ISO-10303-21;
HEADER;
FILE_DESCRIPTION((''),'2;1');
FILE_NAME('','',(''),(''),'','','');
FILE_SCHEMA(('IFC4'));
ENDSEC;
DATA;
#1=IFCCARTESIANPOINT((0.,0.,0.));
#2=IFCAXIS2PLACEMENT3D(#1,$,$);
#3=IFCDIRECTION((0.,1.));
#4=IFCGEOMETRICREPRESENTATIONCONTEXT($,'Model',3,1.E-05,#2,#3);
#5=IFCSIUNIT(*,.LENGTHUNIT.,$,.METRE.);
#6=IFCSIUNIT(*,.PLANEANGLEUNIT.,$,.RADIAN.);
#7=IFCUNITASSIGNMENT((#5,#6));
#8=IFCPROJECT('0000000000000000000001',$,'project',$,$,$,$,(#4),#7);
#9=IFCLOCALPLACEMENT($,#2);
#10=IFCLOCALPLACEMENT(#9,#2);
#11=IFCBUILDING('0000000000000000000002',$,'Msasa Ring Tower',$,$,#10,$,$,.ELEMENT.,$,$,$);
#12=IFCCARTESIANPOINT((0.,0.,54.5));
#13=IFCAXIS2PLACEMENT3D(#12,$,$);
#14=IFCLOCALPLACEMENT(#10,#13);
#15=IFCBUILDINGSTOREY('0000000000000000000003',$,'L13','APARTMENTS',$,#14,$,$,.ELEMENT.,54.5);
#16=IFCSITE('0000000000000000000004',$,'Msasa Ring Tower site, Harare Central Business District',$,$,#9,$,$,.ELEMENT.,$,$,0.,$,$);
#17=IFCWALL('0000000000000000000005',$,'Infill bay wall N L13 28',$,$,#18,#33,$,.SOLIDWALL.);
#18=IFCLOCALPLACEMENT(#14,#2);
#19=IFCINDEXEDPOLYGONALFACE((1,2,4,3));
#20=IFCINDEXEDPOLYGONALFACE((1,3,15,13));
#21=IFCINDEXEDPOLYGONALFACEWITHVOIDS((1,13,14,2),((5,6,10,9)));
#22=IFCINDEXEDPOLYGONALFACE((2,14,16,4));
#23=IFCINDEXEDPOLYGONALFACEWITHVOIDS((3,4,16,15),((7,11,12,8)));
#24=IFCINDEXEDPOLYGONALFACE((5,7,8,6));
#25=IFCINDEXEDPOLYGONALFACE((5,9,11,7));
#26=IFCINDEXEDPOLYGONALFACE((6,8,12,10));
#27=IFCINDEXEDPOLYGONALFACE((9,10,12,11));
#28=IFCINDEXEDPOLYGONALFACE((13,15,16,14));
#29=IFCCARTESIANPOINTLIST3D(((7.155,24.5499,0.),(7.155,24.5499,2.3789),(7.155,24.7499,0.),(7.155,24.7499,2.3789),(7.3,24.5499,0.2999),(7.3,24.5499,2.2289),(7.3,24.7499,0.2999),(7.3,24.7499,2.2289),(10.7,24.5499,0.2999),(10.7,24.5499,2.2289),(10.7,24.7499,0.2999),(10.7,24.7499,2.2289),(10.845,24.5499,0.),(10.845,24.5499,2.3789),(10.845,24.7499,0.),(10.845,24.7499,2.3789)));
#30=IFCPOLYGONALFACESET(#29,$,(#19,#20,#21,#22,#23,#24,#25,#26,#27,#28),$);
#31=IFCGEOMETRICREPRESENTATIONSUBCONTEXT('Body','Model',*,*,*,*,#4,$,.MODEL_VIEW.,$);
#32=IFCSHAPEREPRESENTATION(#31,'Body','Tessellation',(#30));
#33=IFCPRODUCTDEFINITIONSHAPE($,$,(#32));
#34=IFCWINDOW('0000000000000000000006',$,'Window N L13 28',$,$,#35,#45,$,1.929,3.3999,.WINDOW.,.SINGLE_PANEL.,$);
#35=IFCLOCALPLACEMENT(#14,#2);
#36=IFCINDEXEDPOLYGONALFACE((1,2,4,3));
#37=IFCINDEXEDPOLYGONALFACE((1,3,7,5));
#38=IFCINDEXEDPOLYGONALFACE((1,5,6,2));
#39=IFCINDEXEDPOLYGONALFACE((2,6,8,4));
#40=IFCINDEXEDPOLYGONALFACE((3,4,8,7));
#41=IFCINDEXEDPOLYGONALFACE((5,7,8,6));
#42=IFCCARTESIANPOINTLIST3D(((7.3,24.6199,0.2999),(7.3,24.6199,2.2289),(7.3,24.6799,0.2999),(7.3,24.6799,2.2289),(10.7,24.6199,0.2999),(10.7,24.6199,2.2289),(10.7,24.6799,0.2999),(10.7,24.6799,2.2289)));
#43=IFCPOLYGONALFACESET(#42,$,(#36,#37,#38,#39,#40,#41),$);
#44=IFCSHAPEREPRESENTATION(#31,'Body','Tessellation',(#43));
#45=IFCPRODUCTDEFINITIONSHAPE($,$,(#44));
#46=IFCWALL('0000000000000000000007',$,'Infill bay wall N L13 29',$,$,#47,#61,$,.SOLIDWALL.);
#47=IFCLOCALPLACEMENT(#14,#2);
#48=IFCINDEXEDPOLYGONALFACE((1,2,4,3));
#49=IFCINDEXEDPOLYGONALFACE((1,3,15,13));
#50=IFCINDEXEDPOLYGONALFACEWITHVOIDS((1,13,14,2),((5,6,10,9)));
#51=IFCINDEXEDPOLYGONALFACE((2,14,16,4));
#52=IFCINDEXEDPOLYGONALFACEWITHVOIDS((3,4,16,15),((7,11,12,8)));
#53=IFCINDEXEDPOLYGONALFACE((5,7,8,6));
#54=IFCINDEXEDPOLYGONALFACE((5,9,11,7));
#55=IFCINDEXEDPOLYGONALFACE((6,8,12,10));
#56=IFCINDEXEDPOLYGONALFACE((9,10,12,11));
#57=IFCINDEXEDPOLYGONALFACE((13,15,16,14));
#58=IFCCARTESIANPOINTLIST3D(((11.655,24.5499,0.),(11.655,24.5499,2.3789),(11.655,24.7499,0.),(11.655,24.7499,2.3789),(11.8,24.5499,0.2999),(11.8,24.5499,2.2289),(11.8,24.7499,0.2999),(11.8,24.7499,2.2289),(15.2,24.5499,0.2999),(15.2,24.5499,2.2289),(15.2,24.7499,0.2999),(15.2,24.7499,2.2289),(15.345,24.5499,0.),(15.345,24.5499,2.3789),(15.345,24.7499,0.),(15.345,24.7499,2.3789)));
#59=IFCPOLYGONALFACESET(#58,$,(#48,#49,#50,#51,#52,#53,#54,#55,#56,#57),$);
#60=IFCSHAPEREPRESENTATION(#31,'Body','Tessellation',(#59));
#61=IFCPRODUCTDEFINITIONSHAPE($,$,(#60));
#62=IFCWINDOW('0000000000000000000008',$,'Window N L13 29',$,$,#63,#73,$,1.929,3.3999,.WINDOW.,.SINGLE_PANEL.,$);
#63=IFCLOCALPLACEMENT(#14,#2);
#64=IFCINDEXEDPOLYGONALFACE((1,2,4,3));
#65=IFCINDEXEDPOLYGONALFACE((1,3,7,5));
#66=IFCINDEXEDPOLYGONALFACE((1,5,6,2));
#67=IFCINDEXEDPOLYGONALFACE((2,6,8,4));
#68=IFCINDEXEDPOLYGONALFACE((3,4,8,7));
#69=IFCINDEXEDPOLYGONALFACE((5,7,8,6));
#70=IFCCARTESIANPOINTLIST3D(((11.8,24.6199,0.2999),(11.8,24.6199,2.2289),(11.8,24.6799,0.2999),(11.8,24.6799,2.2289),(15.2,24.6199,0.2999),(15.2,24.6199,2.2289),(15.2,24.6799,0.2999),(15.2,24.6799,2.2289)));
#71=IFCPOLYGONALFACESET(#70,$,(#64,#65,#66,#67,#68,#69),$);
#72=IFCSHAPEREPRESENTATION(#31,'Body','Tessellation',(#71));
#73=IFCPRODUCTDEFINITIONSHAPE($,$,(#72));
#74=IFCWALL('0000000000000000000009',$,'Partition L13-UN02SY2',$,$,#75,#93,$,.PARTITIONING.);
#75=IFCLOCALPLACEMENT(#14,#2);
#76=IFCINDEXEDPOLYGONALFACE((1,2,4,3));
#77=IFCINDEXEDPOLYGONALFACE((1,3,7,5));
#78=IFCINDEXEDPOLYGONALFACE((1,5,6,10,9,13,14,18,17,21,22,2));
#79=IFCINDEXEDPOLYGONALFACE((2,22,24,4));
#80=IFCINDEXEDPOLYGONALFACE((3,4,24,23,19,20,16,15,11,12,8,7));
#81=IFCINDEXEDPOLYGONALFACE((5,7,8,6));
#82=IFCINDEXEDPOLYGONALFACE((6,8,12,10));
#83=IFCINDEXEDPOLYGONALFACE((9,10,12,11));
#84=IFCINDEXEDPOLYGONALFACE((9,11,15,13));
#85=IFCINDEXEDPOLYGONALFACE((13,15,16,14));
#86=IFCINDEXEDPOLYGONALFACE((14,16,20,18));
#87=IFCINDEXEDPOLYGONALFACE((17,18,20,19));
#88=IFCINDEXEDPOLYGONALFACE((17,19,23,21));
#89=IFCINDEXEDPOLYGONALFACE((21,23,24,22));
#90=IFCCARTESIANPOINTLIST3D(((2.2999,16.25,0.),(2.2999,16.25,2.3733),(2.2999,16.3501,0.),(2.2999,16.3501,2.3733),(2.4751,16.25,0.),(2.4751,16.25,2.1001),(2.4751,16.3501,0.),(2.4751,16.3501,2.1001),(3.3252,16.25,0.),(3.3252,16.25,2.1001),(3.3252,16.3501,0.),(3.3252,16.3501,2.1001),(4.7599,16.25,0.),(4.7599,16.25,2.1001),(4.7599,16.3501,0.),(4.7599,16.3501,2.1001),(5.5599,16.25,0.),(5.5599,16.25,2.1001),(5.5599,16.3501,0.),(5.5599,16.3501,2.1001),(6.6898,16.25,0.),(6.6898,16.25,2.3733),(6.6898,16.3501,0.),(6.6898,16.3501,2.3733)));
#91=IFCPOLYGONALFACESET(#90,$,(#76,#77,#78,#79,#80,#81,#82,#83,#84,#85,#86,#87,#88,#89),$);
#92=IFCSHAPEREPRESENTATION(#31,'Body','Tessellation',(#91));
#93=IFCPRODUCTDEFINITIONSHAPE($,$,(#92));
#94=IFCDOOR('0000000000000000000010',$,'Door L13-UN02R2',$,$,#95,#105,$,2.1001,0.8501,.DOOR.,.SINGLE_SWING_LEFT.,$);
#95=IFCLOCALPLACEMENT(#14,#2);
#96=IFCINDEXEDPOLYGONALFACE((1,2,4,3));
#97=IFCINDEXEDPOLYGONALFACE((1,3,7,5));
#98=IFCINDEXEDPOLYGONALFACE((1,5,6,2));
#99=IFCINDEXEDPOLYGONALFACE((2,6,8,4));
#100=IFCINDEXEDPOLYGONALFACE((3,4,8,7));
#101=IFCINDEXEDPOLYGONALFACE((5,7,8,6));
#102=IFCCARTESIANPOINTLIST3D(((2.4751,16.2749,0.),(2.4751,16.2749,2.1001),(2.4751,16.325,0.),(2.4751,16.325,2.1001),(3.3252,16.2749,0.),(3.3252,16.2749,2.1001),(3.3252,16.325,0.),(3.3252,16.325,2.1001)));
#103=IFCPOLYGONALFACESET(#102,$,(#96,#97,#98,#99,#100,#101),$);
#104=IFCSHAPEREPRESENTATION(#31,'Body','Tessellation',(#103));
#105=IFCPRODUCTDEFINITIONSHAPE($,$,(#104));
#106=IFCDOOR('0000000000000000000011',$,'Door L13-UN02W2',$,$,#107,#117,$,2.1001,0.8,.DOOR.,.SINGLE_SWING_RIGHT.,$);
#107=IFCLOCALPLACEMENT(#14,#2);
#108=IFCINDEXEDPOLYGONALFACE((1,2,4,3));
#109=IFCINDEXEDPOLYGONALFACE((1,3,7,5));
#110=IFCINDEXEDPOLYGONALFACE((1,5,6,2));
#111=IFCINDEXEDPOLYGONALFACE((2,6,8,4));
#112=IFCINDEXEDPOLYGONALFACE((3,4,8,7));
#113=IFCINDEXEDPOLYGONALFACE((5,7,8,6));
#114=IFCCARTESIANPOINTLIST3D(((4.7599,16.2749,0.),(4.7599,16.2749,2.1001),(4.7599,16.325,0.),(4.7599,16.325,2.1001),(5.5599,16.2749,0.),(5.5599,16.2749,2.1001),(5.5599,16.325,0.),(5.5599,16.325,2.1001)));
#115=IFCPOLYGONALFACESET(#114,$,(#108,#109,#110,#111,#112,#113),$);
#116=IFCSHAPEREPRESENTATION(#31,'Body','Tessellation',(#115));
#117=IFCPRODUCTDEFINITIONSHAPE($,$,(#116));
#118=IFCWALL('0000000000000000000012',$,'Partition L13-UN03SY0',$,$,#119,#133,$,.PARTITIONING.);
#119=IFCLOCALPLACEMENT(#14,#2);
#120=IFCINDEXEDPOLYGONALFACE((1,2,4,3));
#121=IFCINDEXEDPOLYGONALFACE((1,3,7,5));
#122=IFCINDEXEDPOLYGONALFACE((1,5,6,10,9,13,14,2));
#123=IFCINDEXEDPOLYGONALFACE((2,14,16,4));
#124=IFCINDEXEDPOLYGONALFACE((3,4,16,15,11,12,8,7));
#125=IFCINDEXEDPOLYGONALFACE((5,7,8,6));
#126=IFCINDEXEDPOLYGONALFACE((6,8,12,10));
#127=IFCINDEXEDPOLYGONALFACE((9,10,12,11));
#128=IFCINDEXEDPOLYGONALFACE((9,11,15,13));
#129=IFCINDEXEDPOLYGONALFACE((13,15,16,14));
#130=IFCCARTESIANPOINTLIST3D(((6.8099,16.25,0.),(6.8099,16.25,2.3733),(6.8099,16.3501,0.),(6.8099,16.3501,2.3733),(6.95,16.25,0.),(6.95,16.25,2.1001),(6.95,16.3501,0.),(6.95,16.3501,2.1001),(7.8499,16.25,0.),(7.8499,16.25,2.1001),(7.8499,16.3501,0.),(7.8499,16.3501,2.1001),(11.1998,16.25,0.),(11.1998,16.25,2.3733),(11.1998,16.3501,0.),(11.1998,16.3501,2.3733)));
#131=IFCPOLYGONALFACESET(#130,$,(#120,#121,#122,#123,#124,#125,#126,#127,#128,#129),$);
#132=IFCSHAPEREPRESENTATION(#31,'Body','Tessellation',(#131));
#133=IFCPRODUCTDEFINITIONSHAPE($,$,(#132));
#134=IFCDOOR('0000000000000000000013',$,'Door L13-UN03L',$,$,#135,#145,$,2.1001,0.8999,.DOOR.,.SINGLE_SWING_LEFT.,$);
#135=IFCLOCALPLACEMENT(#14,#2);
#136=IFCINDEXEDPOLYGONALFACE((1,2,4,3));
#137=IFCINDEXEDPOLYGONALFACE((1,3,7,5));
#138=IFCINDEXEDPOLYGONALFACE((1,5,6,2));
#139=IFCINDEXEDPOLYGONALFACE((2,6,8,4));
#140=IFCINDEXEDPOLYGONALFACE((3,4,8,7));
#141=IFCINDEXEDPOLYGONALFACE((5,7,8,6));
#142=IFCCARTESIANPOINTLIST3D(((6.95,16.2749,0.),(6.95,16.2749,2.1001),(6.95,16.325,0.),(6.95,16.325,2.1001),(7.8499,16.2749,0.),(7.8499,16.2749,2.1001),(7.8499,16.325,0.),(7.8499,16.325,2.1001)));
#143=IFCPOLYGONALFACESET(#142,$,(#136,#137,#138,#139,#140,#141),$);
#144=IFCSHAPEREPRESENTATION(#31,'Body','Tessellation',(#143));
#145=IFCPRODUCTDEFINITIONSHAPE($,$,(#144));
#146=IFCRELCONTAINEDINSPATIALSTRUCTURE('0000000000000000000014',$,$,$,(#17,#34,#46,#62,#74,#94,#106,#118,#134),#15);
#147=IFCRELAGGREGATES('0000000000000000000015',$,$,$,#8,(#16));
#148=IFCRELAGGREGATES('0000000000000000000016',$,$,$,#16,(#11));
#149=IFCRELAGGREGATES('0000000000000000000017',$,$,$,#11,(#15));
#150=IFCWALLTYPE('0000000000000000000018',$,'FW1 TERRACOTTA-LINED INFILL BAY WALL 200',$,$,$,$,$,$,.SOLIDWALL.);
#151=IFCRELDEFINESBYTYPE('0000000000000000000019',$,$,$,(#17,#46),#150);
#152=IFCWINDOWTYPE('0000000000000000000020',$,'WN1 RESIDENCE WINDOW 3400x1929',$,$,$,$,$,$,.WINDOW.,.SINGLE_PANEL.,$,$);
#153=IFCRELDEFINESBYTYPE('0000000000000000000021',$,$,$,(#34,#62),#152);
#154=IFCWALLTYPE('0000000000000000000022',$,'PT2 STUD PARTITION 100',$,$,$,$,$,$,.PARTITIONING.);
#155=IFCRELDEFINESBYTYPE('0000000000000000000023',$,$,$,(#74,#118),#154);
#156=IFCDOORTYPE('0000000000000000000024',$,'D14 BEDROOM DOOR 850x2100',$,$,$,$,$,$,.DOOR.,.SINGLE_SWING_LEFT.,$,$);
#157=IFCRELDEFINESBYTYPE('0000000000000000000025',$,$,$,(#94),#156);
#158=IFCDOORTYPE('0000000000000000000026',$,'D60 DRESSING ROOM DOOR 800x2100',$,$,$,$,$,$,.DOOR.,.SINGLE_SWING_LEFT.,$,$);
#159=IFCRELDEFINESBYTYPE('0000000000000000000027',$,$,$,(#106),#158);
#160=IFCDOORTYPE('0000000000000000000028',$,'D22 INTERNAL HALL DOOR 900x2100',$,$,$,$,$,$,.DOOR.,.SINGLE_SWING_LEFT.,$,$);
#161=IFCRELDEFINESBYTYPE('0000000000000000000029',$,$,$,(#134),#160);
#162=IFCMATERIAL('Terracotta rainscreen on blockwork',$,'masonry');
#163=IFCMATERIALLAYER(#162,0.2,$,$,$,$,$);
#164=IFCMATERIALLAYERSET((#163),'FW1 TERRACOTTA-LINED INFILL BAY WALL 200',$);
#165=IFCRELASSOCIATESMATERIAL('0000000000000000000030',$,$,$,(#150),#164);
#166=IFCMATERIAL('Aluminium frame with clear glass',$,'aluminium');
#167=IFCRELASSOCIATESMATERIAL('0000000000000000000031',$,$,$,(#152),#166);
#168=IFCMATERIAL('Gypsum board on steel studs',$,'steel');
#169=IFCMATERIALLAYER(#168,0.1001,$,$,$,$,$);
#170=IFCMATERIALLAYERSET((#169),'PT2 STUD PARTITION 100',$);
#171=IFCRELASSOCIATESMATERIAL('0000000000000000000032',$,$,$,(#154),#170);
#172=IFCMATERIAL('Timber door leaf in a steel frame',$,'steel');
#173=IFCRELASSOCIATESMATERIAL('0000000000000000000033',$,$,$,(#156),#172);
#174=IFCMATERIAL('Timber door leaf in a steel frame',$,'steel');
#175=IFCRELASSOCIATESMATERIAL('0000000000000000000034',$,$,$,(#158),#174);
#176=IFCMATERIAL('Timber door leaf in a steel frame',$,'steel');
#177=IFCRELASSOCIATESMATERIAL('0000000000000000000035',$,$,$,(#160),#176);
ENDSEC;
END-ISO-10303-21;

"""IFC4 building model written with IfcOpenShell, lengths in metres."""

from ifc_helpers import new_model, si_unit, direction, frame, frame_2d, origin, place, context, subcontext, project, spatial, rectangle, extrude, material, layer, layer_set, type_object, element, fill, save


model = new_model("IFC4")

# Units and contexts
model_context = context("Model", 3, precision=1e-05, world=origin(), true_north=direction((0.0, 1.0)))
body_context = subcontext(model_context, "Body", "Model", "MODEL_VIEW")
ifc_project = project(units=[si_unit("LENGTHUNIT", "METRE"), si_unit("PLANEANGLEUNIT", "RADIAN")], contexts=[model_context])

# Site, building, storey
site_placement = place(None, origin())
site = spatial("IfcSite", under=ifc_project, at=site_placement, Name="Msasa Ring Tower site, Harare Central Business District", CompositionType="ELEMENT", RefElevation=0.0)
building_placement = place(site_placement, origin())
building = spatial("IfcBuilding", under=site, at=building_placement, Name="Msasa Ring Tower", CompositionType="ELEMENT")
storey_placement = place(building_placement, frame((0.0, 0.0, 54.5)))
storey = spatial("IfcBuildingStorey", under=building, at=storey_placement, Name="L13", Description="APARTMENTS", CompositionType="ELEMENT", Elevation=54.5)

# Walls, openings, windows
ifc_material_1 = material(Name="Terracotta rainscreen on blockwork", Category="masonry")
ifc_layer_1 = layer(ifc_material_1, 0.2)
ifc_layer_set_1 = layer_set([ifc_layer_1], Name="FW1 TERRACOTTA-LINED INFILL BAY WALL 200")
wall_type_1 = type_object("IfcWallType", Name="FW1 TERRACOTTA-LINED INFILL BAY WALL 200", PredefinedType="SOLIDWALL", material=ifc_layer_set_1)
ifc_material_2 = material(Name="Aluminium frame with clear glass", Category="aluminium")
window_type = type_object("IfcWindowType", Name="WN1 RESIDENCE WINDOW 3400x1929", PartitioningType="SINGLE_PANEL", PredefinedType="WINDOW", material=ifc_material_2)
wall_1_placement = place(storey_placement, frame((7.155, 24.6499, 0.0), z_axis=(0.0, 0.0, 1.0), x_axis=(1.0, 0.0, 0.0)))
wall_1 = element("IfcWall", 1, at=wall_1_placement, inside=storey, type_object=wall_type_1, Name="Infill bay wall N L13 28", PredefinedType="SOLIDWALL", context=body_context, shape_type="SweptSolid", body=[
    extrude(rectangle(XDim=3.6899, YDim=0.2, at=frame_2d((1.845, 0.0))), origin(), (0.0, 0.0, 1.0), 2.3789),
])
opening_1_placement = place(wall_1_placement, frame((0.145, 0.0, 0.3)))
opening_1 = element("IfcOpeningElement", 2, at=opening_1_placement, cuts=wall_1, PredefinedType="OPENING", context=body_context, shape_type="SweptSolid", body=[
    extrude(rectangle(XDim=3.3999, YDim=1.929, at=frame_2d((1.7, 0.9644))), frame((0.0, 0.1099, 0.0), z_axis=(0.0, -1.0, 0.0), x_axis=(1.0, 0.0, 0.0)), (0.0, 0.0, 1.0), 0.22),
])
window_1_placement = place(opening_1_placement, origin())
window_1 = element("IfcWindow", 3, at=window_1_placement, inside=storey, type_object=window_type, Name="Window N L13 28", OverallHeight=1.929, OverallWidth=3.3999, PartitioningType="SINGLE_PANEL", PredefinedType="WINDOW", context=body_context, shape_type="SweptSolid", body=[
    extrude(rectangle(XDim=3.3999, YDim=1.929, at=frame_2d((1.7, 0.9644))), frame((0.0, 0.03, 0.0), z_axis=(0.0, -1.0, 0.0), x_axis=(1.0, 0.0, 0.0)), (0.0, 0.0, 1.0), 0.0601),
])
fill(opening_1, window_1)
wall_2_placement = place(storey_placement, frame((11.655, 24.6499, 0.0), z_axis=(0.0, 0.0, 1.0), x_axis=(1.0, 0.0, 0.0)))
wall_2 = element("IfcWall", 4, at=wall_2_placement, inside=storey, type_object=wall_type_1, Name="Infill bay wall N L13 29", PredefinedType="SOLIDWALL", context=body_context, shape_type="SweptSolid", body=[
    extrude(rectangle(XDim=3.6899, YDim=0.2, at=frame_2d((1.845, 0.0))), origin(), (0.0, 0.0, 1.0), 2.3789),
])
opening_2_placement = place(wall_2_placement, frame((0.145, 0.0, 0.3)))
opening_2 = element("IfcOpeningElement", 5, at=opening_2_placement, cuts=wall_2, PredefinedType="OPENING", context=body_context, shape_type="SweptSolid", body=[
    extrude(rectangle(XDim=3.3999, YDim=1.929, at=frame_2d((1.7, 0.9644))), frame((0.0, 0.1099, 0.0), z_axis=(0.0, -1.0, 0.0), x_axis=(1.0, 0.0, 0.0)), (0.0, 0.0, 1.0), 0.22),
])
window_2_placement = place(opening_2_placement, origin())
window_2 = element("IfcWindow", 6, at=window_2_placement, inside=storey, type_object=window_type, Name="Window N L13 29", OverallHeight=1.929, OverallWidth=3.3999, PartitioningType="SINGLE_PANEL", PredefinedType="WINDOW", context=body_context, shape_type="SweptSolid", body=[
    extrude(rectangle(XDim=3.3999, YDim=1.929, at=frame_2d((1.7, 0.9644))), frame((0.0, 0.03, 0.0), z_axis=(0.0, -1.0, 0.0), x_axis=(1.0, 0.0, 0.0)), (0.0, 0.0, 1.0), 0.0601),
])
fill(opening_2, window_2)

# Wall, openings, doors
ifc_material_3 = material(Name="Gypsum board on steel studs", Category="steel")
ifc_layer_2 = layer(ifc_material_3, 0.1001)
ifc_layer_set_2 = layer_set([ifc_layer_2], Name="PT2 STUD PARTITION 100")
wall_type_2 = type_object("IfcWallType", Name="PT2 STUD PARTITION 100", PredefinedType="PARTITIONING", material=ifc_layer_set_2)
wall_3_placement = place(storey_placement, frame((2.3, 16.3, 0.0), z_axis=(0.0, 0.0, 1.0), x_axis=(1.0, 0.0, 0.0)))
wall_3 = element("IfcWall", 7, at=wall_3_placement, inside=storey, type_object=wall_type_2, Name="Partition L13-UN02SY2", PredefinedType="PARTITIONING", context=body_context, shape_type="SweptSolid", body=[
    extrude(rectangle(XDim=4.3899, YDim=0.1001, at=frame_2d((2.1948, 0.0))), origin(), (0.0, 0.0, 1.0), 2.3733),
])
opening_3_placement = place(wall_3_placement, frame((0.175, 0.0, 0.0)))
opening_3 = element("IfcOpeningElement", 8, at=opening_3_placement, cuts=wall_3, PredefinedType="OPENING", context=body_context, shape_type="SweptSolid", body=[
    extrude(rectangle(XDim=0.8501, YDim=2.1001, at=frame_2d((0.425, 1.05))), frame((0.0, 0.0601, 0.0), z_axis=(0.0, -1.0, 0.0), x_axis=(1.0, 0.0, 0.0)), (0.0, 0.0, 1.0), 0.1201),
])
opening_4_placement = place(wall_3_placement, frame((2.46, 0.0, 0.0)))
opening_4 = element("IfcOpeningElement", 9, at=opening_4_placement, cuts=wall_3, PredefinedType="OPENING", context=body_context, shape_type="SweptSolid", body=[
    extrude(rectangle(XDim=0.8, YDim=2.1001, at=frame_2d((0.3999, 1.05))), frame((0.0, 0.0601, 0.0), z_axis=(0.0, -1.0, 0.0), x_axis=(1.0, 0.0, 0.0)), (0.0, 0.0, 1.0), 0.1201),
])
ifc_material_4 = material(Name="Timber door leaf in a steel frame", Category="steel")
door_type_1 = type_object("IfcDoorType", Name="D14 BEDROOM DOOR 850x2100", OperationType="SINGLE_SWING_LEFT", PredefinedType="DOOR", material=ifc_material_4)
door_1_placement = place(opening_3_placement, origin())
door_1 = element("IfcDoor", 10, at=door_1_placement, inside=storey, type_object=door_type_1, Name="Door L13-UN02R2", OperationType="SINGLE_SWING_LEFT", OverallHeight=2.1001, OverallWidth=0.8501, PredefinedType="DOOR", context=body_context, shape_type="SweptSolid", body=[
    extrude(rectangle(XDim=0.8501, YDim=2.1001, at=frame_2d((0.425, 1.05))), frame((0.0, 0.0249, 0.0), z_axis=(0.0, -1.0, 0.0), x_axis=(1.0, 0.0, 0.0)), (0.0, 0.0, 1.0), 0.05),
])
fill(opening_3, door_1)
ifc_material_5 = material(Name="Timber door leaf in a steel frame", Category="steel")
door_type_2 = type_object("IfcDoorType", Name="D60 DRESSING ROOM DOOR 800x2100", OperationType="SINGLE_SWING_LEFT", PredefinedType="DOOR", material=ifc_material_5)
door_2_placement = place(opening_4_placement, origin())
door_2 = element("IfcDoor", 11, at=door_2_placement, inside=storey, type_object=door_type_2, Name="Door L13-UN02W2", OperationType="SINGLE_SWING_RIGHT", OverallHeight=2.1001, OverallWidth=0.8, PredefinedType="DOOR", context=body_context, shape_type="SweptSolid", body=[
    extrude(rectangle(XDim=0.8, YDim=2.1001, at=frame_2d((0.3999, 1.05))), frame((0.0, 0.0249, 0.0), z_axis=(0.0, -1.0, 0.0), x_axis=(1.0, 0.0, 0.0)), (0.0, 0.0, 1.0), 0.05),
])
fill(opening_4, door_2)

# Wall, opening, door
wall_4_placement = place(storey_placement, frame((6.8101, 16.3, 0.0), z_axis=(0.0, 0.0, 1.0), x_axis=(1.0, 0.0, 0.0)))
wall_4 = element("IfcWall", 12, at=wall_4_placement, inside=storey, type_object=wall_type_2, Name="Partition L13-UN03SY0", PredefinedType="PARTITIONING", context=body_context, shape_type="SweptSolid", body=[
    extrude(rectangle(XDim=4.3899, YDim=0.1001, at=frame_2d((2.1948, 0.0))), origin(), (0.0, 0.0, 1.0), 2.3733),
])
opening_5_placement = place(wall_4_placement, frame((0.1399, 0.0, 0.0)))
opening_5 = element("IfcOpeningElement", 13, at=opening_5_placement, cuts=wall_4, PredefinedType="OPENING", context=body_context, shape_type="SweptSolid", body=[
    extrude(rectangle(XDim=0.8999, YDim=2.1001, at=frame_2d((0.45, 1.05))), frame((0.0, 0.0601, 0.0), z_axis=(0.0, -1.0, 0.0), x_axis=(1.0, 0.0, 0.0)), (0.0, 0.0, 1.0), 0.1201),
])
ifc_material_6 = material(Name="Timber door leaf in a steel frame", Category="steel")
door_type_3 = type_object("IfcDoorType", Name="D22 INTERNAL HALL DOOR 900x2100", OperationType="SINGLE_SWING_LEFT", PredefinedType="DOOR", material=ifc_material_6)
door_3_placement = place(opening_5_placement, origin())
door_3 = element("IfcDoor", 14, at=door_3_placement, inside=storey, type_object=door_type_3, Name="Door L13-UN03L", OperationType="SINGLE_SWING_LEFT", OverallHeight=2.1001, OverallWidth=0.8999, PredefinedType="DOOR", context=body_context, shape_type="SweptSolid", body=[
    extrude(rectangle(XDim=0.8999, YDim=2.1001, at=frame_2d((0.45, 1.05))), frame((0.0, 0.0249, 0.0), z_axis=(0.0, -1.0, 0.0), x_axis=(1.0, 0.0, 0.0)), (0.0, 0.0, 1.0), 0.05),
])
fill(opening_5, door_3)

save(model, "model.ifc")
